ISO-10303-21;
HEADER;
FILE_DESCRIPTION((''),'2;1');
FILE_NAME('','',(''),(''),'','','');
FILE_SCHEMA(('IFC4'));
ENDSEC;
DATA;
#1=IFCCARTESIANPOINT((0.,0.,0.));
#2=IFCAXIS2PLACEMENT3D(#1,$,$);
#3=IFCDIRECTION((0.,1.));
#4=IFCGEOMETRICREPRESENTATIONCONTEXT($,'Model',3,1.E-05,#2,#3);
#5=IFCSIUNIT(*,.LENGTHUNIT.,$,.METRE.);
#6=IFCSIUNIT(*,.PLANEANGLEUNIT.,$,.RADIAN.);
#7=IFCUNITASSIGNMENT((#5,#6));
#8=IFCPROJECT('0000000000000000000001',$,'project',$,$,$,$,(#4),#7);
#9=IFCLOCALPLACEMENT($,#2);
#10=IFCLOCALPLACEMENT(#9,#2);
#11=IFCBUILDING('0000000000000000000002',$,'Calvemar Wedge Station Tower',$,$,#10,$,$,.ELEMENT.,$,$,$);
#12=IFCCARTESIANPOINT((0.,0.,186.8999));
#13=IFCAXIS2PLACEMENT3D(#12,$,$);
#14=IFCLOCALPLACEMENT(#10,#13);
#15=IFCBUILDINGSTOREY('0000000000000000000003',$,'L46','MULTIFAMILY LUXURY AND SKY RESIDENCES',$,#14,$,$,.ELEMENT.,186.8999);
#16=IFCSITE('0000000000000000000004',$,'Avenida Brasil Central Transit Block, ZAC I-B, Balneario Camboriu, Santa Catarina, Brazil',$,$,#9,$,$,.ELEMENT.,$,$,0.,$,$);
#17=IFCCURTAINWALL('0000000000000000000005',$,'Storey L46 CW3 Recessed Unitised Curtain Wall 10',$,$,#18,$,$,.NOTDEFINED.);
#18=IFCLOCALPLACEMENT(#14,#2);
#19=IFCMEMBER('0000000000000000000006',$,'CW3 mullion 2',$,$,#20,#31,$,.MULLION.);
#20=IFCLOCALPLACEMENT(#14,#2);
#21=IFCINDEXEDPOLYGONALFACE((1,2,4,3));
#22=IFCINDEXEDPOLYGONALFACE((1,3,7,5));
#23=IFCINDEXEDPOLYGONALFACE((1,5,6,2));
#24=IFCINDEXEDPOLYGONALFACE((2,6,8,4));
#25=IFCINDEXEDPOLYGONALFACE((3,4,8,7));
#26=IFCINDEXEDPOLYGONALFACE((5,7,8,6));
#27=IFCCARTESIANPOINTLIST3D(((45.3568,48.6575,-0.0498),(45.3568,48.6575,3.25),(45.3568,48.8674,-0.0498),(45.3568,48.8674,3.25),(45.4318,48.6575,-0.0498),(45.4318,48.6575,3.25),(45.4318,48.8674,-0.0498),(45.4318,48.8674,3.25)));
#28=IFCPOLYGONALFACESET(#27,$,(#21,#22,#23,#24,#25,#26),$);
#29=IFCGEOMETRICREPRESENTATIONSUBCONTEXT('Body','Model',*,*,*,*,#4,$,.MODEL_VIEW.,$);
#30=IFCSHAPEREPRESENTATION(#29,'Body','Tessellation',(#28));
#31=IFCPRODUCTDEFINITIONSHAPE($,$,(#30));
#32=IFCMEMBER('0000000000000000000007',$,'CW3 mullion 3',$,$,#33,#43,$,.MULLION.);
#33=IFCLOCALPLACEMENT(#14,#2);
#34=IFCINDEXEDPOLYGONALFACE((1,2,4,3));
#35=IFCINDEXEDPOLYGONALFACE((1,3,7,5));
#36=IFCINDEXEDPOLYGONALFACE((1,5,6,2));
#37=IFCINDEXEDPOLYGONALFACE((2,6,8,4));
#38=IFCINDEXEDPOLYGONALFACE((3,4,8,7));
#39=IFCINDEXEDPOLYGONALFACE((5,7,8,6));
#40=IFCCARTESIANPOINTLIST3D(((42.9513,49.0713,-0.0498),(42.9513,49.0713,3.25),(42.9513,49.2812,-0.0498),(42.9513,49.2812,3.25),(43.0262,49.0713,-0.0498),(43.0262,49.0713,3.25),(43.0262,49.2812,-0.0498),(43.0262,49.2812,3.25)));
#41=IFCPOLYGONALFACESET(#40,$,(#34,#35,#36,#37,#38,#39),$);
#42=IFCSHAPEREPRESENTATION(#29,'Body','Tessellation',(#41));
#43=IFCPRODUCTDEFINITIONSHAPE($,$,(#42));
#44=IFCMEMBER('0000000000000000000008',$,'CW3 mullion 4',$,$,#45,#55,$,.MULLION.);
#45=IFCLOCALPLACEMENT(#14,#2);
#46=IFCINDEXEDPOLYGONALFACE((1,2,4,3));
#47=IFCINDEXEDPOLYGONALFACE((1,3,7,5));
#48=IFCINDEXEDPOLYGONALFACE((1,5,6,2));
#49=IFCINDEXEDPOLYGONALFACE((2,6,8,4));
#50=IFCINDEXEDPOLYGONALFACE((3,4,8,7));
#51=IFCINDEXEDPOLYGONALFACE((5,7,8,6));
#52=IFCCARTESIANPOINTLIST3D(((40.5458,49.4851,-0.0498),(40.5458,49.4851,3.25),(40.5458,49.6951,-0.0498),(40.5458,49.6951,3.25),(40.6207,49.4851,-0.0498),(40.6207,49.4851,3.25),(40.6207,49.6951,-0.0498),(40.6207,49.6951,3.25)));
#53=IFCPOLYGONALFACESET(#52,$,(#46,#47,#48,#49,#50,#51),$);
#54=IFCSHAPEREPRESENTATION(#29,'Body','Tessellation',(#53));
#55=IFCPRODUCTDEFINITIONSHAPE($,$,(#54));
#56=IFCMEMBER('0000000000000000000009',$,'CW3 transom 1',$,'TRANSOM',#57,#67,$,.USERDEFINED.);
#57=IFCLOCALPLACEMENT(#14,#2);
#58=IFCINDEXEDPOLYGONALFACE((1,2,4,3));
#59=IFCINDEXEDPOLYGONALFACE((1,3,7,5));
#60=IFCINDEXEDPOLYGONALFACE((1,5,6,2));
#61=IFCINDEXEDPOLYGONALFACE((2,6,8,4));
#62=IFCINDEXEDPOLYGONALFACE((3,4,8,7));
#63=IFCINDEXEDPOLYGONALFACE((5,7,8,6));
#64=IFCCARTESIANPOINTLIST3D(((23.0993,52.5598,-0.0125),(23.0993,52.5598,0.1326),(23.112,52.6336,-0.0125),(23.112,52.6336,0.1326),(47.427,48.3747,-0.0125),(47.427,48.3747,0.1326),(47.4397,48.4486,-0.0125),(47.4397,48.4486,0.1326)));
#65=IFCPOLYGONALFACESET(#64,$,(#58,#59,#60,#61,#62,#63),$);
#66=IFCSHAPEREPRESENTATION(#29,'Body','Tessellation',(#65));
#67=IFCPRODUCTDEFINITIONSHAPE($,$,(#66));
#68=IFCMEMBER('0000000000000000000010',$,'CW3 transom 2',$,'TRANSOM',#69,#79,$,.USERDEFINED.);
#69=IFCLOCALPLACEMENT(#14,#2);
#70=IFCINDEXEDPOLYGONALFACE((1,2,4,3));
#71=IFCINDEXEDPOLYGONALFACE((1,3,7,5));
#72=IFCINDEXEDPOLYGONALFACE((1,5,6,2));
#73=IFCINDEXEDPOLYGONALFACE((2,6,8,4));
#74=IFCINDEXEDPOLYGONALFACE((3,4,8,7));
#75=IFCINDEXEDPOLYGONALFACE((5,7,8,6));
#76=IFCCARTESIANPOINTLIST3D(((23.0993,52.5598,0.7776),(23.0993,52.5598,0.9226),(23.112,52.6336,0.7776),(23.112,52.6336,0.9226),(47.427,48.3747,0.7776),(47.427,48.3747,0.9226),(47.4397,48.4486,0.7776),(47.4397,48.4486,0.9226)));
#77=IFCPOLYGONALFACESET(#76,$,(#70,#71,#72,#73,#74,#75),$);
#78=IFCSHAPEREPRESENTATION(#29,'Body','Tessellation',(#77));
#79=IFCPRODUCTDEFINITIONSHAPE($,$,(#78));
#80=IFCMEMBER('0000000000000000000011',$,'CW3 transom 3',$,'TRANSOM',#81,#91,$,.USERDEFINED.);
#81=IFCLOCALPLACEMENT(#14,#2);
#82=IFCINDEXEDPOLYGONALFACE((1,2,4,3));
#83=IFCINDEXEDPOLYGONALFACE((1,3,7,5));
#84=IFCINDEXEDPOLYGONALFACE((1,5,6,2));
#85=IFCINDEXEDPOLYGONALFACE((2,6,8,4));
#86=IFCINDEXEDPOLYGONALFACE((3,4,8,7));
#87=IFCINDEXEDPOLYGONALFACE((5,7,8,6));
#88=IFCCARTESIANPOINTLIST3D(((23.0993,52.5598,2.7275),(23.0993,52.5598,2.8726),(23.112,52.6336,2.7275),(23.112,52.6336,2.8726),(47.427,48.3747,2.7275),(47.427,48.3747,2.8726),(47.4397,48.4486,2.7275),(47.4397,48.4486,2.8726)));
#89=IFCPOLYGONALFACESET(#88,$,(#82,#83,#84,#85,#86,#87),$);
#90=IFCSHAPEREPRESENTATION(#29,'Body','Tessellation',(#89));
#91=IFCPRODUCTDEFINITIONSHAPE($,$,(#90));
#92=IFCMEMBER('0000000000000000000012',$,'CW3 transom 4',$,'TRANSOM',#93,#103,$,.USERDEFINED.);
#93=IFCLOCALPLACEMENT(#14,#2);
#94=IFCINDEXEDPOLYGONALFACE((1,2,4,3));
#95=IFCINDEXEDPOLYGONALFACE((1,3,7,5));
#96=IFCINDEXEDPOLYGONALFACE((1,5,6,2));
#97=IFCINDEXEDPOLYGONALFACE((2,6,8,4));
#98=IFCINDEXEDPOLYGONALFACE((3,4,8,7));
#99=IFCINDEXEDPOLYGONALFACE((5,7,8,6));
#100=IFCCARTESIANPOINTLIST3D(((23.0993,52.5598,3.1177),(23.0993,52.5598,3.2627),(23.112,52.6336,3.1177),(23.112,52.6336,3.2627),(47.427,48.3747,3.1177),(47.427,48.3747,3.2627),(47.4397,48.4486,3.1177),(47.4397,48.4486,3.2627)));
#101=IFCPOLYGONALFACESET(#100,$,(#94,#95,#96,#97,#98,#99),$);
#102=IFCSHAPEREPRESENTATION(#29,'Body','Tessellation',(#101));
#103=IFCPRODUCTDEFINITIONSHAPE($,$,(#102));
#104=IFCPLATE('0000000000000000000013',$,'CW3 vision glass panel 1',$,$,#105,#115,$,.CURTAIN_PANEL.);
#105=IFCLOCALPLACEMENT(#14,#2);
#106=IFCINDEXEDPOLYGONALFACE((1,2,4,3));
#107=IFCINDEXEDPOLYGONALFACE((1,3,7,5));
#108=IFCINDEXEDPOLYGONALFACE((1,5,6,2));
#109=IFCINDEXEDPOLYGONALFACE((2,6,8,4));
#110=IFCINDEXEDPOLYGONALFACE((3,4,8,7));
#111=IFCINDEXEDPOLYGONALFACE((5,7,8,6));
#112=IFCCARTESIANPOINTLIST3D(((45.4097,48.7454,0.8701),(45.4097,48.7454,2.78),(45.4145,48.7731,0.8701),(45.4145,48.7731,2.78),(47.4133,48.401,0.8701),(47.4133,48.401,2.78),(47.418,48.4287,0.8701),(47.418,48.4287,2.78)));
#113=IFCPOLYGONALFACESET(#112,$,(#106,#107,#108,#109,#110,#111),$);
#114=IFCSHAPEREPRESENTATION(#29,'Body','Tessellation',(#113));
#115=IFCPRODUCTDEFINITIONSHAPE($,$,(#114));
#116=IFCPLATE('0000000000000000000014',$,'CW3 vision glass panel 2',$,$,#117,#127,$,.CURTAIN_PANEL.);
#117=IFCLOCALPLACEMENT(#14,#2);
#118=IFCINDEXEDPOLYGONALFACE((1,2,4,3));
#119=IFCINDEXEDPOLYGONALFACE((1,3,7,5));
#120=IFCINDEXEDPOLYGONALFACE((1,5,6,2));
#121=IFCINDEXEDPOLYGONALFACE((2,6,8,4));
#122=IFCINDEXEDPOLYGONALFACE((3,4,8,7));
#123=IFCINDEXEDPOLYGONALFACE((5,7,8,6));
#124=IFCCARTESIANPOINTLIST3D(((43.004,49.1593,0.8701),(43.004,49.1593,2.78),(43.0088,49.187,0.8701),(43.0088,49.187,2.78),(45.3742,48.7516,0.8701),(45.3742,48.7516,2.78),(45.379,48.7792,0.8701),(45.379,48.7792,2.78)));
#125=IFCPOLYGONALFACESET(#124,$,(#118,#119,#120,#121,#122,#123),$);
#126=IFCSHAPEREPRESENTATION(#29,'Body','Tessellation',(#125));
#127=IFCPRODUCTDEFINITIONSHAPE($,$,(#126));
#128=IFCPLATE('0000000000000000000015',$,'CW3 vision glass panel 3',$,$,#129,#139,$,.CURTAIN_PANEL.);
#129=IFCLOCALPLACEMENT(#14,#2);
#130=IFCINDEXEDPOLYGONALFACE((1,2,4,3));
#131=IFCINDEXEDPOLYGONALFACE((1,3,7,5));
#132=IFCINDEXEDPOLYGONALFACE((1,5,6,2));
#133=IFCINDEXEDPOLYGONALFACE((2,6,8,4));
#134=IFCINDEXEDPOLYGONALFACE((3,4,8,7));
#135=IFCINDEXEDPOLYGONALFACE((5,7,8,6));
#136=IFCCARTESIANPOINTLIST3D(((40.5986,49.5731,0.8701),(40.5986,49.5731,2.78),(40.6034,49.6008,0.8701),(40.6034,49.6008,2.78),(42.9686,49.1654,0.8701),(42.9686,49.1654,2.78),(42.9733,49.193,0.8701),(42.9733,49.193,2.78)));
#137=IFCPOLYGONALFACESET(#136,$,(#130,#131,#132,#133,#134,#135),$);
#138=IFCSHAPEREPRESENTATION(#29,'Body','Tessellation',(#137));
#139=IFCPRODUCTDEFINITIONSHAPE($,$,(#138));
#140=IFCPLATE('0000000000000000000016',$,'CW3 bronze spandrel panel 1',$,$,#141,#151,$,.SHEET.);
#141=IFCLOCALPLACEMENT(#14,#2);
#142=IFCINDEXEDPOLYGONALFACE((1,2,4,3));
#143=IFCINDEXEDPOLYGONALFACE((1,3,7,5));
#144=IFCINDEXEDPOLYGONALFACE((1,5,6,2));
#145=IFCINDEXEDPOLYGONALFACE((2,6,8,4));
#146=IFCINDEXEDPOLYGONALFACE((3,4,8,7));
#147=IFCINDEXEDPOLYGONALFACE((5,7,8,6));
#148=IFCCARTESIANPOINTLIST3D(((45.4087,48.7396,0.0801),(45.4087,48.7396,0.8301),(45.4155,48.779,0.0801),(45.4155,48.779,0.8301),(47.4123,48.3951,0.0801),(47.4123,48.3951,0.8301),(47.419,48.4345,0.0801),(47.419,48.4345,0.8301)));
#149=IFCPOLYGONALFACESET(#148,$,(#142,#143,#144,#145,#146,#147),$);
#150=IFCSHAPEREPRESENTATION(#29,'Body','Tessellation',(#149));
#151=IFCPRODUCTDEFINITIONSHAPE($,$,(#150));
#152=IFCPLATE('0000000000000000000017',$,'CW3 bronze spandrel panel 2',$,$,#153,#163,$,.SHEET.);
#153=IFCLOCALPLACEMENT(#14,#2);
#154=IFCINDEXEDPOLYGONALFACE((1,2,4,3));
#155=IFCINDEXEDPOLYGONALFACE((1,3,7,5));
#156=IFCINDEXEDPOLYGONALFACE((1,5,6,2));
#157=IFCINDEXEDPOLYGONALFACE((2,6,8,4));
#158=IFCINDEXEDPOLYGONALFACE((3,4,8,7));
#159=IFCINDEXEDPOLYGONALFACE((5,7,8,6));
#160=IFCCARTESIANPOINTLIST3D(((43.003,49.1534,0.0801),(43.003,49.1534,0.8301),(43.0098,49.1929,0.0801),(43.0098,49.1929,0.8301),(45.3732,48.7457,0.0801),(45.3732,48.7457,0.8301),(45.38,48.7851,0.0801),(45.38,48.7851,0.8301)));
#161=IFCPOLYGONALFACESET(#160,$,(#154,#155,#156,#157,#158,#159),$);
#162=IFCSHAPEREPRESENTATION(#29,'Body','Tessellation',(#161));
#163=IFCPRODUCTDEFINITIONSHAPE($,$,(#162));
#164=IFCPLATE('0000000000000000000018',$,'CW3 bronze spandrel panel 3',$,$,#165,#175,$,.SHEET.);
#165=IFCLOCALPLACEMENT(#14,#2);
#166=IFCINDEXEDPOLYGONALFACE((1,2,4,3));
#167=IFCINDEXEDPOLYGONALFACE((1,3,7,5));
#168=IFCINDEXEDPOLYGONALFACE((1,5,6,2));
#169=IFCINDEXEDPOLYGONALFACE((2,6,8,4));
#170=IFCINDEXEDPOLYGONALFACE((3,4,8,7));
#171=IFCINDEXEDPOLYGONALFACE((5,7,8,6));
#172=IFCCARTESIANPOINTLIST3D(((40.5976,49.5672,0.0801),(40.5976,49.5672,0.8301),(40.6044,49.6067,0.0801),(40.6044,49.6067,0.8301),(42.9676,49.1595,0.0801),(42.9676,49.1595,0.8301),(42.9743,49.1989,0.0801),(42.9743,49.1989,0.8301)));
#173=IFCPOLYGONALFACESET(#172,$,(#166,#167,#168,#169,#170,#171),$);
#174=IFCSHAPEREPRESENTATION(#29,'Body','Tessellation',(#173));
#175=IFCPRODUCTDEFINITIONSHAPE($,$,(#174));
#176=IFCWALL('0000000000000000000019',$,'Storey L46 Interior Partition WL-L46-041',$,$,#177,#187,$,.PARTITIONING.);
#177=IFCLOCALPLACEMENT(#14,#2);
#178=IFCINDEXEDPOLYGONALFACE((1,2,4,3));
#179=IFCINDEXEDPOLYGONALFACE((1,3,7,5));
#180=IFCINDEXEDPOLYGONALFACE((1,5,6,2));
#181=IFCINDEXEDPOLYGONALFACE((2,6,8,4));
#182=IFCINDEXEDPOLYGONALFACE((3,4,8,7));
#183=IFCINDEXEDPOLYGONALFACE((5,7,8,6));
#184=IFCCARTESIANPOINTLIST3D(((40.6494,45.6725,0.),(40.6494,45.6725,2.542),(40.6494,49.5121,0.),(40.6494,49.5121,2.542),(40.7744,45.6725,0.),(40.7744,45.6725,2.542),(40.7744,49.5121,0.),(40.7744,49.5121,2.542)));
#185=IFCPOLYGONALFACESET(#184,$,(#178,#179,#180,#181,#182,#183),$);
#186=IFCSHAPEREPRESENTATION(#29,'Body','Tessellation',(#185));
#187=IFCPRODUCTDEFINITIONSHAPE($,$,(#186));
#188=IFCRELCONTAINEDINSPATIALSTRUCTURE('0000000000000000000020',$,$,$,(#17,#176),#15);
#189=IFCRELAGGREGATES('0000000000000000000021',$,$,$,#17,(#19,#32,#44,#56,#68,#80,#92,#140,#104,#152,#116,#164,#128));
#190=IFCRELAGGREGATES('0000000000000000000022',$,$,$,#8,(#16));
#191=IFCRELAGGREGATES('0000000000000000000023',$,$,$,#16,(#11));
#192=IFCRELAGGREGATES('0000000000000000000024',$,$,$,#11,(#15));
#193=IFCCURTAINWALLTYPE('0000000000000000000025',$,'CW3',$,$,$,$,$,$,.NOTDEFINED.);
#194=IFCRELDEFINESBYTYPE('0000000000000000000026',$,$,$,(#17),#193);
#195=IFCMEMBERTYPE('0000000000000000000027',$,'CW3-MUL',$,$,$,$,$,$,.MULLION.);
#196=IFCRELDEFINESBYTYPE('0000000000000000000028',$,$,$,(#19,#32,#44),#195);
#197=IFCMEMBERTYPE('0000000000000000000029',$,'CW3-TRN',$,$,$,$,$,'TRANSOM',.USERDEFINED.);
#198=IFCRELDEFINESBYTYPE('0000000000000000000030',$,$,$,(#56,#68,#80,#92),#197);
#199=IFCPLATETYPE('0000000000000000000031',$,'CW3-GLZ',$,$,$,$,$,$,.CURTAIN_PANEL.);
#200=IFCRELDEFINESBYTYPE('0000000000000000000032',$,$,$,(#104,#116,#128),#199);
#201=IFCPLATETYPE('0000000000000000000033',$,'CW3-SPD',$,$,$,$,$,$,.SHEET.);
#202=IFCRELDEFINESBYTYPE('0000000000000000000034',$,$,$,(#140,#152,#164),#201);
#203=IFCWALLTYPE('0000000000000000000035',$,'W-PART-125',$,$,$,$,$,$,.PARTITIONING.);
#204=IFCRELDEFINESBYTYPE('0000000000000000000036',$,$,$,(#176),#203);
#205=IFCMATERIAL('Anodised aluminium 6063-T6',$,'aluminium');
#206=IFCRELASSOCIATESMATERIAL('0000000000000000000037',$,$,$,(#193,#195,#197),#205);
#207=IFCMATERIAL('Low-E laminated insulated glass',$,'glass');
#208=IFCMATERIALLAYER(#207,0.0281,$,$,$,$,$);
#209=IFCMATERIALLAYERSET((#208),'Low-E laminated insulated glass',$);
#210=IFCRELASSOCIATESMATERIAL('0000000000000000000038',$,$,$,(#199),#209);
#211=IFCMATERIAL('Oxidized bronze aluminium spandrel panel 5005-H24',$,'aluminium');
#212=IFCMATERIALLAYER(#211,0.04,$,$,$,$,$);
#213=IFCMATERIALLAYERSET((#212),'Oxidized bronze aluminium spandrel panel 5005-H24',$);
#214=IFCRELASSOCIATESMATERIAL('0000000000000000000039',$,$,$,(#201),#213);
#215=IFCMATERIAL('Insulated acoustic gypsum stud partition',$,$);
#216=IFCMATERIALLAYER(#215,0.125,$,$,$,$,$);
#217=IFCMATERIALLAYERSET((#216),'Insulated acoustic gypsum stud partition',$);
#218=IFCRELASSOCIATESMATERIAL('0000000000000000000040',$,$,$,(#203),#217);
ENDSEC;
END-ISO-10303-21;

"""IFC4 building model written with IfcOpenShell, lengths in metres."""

from ifc_helpers import new_model, si_unit, direction, frame, frame_2d, origin, origin_2d, place, context, subcontext, project, spatial, rectangle, extrude, source, transform, mapped, material, layer, layer_set, material_profile, profile_set, type_object, element, aggregate, save


model = new_model("IFC4")

# Units and contexts
model_context = context("Model", 3, precision=1e-05, world=origin(), true_north=direction((0.0, 1.0)))
body_context = subcontext(model_context, "Body", "Model", "MODEL_VIEW")
ifc_project = project(units=[si_unit("LENGTHUNIT", "METRE"), si_unit("PLANEANGLEUNIT", "RADIAN")], contexts=[model_context])

# Site, building, storey
site_placement = place(None, origin())
site = spatial("IfcSite", under=ifc_project, at=site_placement, Name="Avenida Brasil Central Transit Block, ZAC I-B, Balneario Camboriu, Santa Catarina, Brazil", CompositionType="ELEMENT", RefElevation=0.0)
building_placement = place(site_placement, origin())
building = spatial("IfcBuilding", under=site, at=building_placement, Name="Calvemar Wedge Station Tower", CompositionType="ELEMENT")
storey_placement = place(building_placement, frame((0.0, 0.0, 186.8999)))
storey = spatial("IfcBuildingStorey", under=building, at=storey_placement, Name="L46", Description="MULTIFAMILY LUXURY AND SKY RESIDENCES", CompositionType="ELEMENT", Elevation=186.8999)

# Curtain wall, members, plates
ifc_material_1 = material(Name="Anodised aluminium 6063-T6", Category="aluminium")
curtain_wall_type = type_object("IfcCurtainWallType", Name="CW3", PredefinedType="NOTDEFINED", material=ifc_material_1)
curtain_wall_placement = place(storey_placement, origin())
curtain_wall = element("IfcCurtainWall", 1, at=curtain_wall_placement, inside=storey, type_object=curtain_wall_type, Name="Storey L46 CW3 Recessed Unitised Curtain Wall 10", PredefinedType="NOTDEFINED")
ifc_material_profile_1 = material_profile(ifc_material_1, rectangle(XDim=0.075, YDim=0.21, at=origin_2d()), Name="AL-MUL-75x210")
ifc_profile_set_1 = profile_set([ifc_material_profile_1], Name="Anodised aluminium 6063-T6")
member_type_1 = type_object("IfcMemberType", Name="CW3-MUL", PredefinedType="MULLION", material=ifc_profile_set_1)
shared_shape_1 = source(origin(), body_context, "Body", "SweptSolid", [
    extrude(rectangle(XDim=0.075, YDim=0.21, at=origin_2d()), origin(), (0.0, 0.0, 1.0), 3.2998),
])
member_1_placement = place(storey_placement, frame((45.3943, 48.7625, -0.0498), z_axis=(0.0, 0.0, 1.0), x_axis=(1.0, 0.0, 0.0)))
member_1 = element("IfcMember", 2, at=member_1_placement, type_object=member_type_1, Name="CW3 mullion 2", PredefinedType="MULLION", context=body_context, shape_type="MappedRepresentation", body=[
    mapped(shared_shape_1, transform((0.0, 0.0, 0.0), scale=1.0)),
])
member_2_placement = place(storey_placement, frame((42.9888, 49.1763, -0.0498), z_axis=(0.0, 0.0, 1.0), x_axis=(1.0, 0.0, 0.0)))
member_2 = element("IfcMember", 3, at=member_2_placement, type_object=member_type_1, Name="CW3 mullion 3", PredefinedType="MULLION", context=body_context, shape_type="MappedRepresentation", body=[
    mapped(shared_shape_1, transform((0.0, 0.0, 0.0), scale=1.0)),
])
member_3_placement = place(storey_placement, frame((40.5833, 49.5901, -0.0498), z_axis=(0.0, 0.0, 1.0), x_axis=(1.0, 0.0, 0.0)))
member_3 = element("IfcMember", 4, at=member_3_placement, type_object=member_type_1, Name="CW3 mullion 4", PredefinedType="MULLION", context=body_context, shape_type="MappedRepresentation", body=[
    mapped(shared_shape_1, transform((0.0, 0.0, 0.0), scale=1.0)),
])
ifc_material_profile_2 = material_profile(ifc_material_1, rectangle(XDim=0.075, YDim=0.145, at=origin_2d()), Name="AL-TRN-75x145")
ifc_profile_set_2 = profile_set([ifc_material_profile_2], Name="Anodised aluminium 6063-T6")
member_type_2 = type_object("IfcMemberType", Name="CW3-TRN", ElementType="TRANSOM", PredefinedType="USERDEFINED", material=ifc_profile_set_2)
shared_shape_2 = source(origin(), body_context, "Body", "SweptSolid", [
    extrude(rectangle(XDim=0.075, YDim=0.145, at=origin_2d()), origin(), (0.0, 0.0, 1.0), 24.6851),
])
member_4_placement = place(storey_placement, frame((47.4333, 48.4116, 0.0601), z_axis=(-0.985524, 0.169539, 0.0), x_axis=(-0.169539, -0.985524, 0.0)))
member_4 = element("IfcMember", 5, at=member_4_placement, type_object=member_type_2, Name="CW3 transom 1", ObjectType="TRANSOM", PredefinedType="USERDEFINED", context=body_context, shape_type="MappedRepresentation", body=[
    mapped(shared_shape_2, transform((0.0, 0.0, 0.0), scale=1.0)),
])
member_5_placement = place(storey_placement, frame((47.4333, 48.4116, 0.8501), z_axis=(-0.985524, 0.169539, 0.0), x_axis=(-0.169539, -0.985524, 0.0)))
member_5 = element("IfcMember", 6, at=member_5_placement, type_object=member_type_2, Name="CW3 transom 2", ObjectType="TRANSOM", PredefinedType="USERDEFINED", context=body_context, shape_type="MappedRepresentation", body=[
    mapped(shared_shape_2, transform((0.0, 0.0, 0.0), scale=1.0)),
])
member_6_placement = place(storey_placement, frame((47.4333, 48.4116, 2.8), z_axis=(-0.985524, 0.169539, 0.0), x_axis=(-0.169539, -0.985524, 0.0)))
member_6 = element("IfcMember", 7, at=member_6_placement, type_object=member_type_2, Name="CW3 transom 3", ObjectType="TRANSOM", PredefinedType="USERDEFINED", context=body_context, shape_type="MappedRepresentation", body=[
    mapped(shared_shape_2, transform((0.0, 0.0, 0.0), scale=1.0)),
])
member_7_placement = place(storey_placement, frame((47.4333, 48.4116, 3.1902), z_axis=(-0.985524, 0.169539, 0.0), x_axis=(-0.169539, -0.985524, 0.0)))
member_7 = element("IfcMember", 8, at=member_7_placement, type_object=member_type_2, Name="CW3 transom 4", ObjectType="TRANSOM", PredefinedType="USERDEFINED", context=body_context, shape_type="MappedRepresentation", body=[
    mapped(shared_shape_2, transform((0.0, 0.0, 0.0), scale=1.0)),
])
ifc_material_2 = material(Name="Low-E laminated insulated glass", Category="glass")
ifc_layer_1 = layer(ifc_material_2, 0.0281)
ifc_layer_set_1 = layer_set([ifc_layer_1], Name="Low-E laminated insulated glass")
plate_type_1 = type_object("IfcPlateType", Name="CW3-GLZ", PredefinedType="CURTAIN_PANEL", material=ifc_layer_set_1)
plate_1_placement = place(storey_placement, frame((47.4158, 48.4148, 0.8701), z_axis=(0.0, 0.0, 1.0), x_axis=(-0.98554, 0.16944, 0.0)))
plate_1 = element("IfcPlate", 9, at=plate_1_placement, type_object=plate_type_1, Name="CW3 vision glass panel 1", PredefinedType="CURTAIN_PANEL", context=body_context, shape_type="SweptSolid", body=[
    extrude(rectangle(XDim=2.033, YDim=0.0281, at=frame_2d((1.0166, 0.0))), origin(), (0.0, 0.0, 1.0), 1.9099),
])
plate_2_placement = place(storey_placement, frame((45.3767, 48.7654, 0.8701), z_axis=(0.0, 0.0, 1.0), x_axis=(-0.985525, 0.169533, 0.0)))
plate_2 = element("IfcPlate", 10, at=plate_2_placement, type_object=plate_type_1, Name="CW3 vision glass panel 2", PredefinedType="CURTAIN_PANEL", context=body_context, shape_type="SweptSolid", body=[
    extrude(rectangle(XDim=2.405, YDim=0.0281, at=frame_2d((1.2026, 0.0))), origin(), (0.0, 0.0, 1.0), 1.9099),
])
plate_3_placement = place(storey_placement, frame((42.9709, 49.1792, 0.8701), z_axis=(0.0, 0.0, 1.0), x_axis=(-0.985522, 0.16955, 0.0)))
plate_3 = element("IfcPlate", 11, at=plate_3_placement, type_object=plate_type_1, Name="CW3 vision glass panel 3", PredefinedType="CURTAIN_PANEL", context=body_context, shape_type="SweptSolid", body=[
    extrude(rectangle(XDim=2.4048, YDim=0.0281, at=frame_2d((1.2024, 0.0))), origin(), (0.0, 0.0, 1.0), 1.9099),
])
ifc_material_3 = material(Name="Oxidized bronze aluminium spandrel panel 5005-H24", Category="aluminium")
ifc_layer_2 = layer(ifc_material_3, 0.04)
ifc_layer_set_2 = layer_set([ifc_layer_2], Name="Oxidized bronze aluminium spandrel panel 5005-H24")
plate_type_2 = type_object("IfcPlateType", Name="CW3-SPD", PredefinedType="SHEET", material=ifc_layer_set_2)
plate_4_placement = place(storey_placement, frame((47.4158, 48.4148, 0.0801), z_axis=(0.0, 0.0, 1.0), x_axis=(-0.98554, 0.16944, 0.0)))
plate_4 = element("IfcPlate", 12, at=plate_4_placement, type_object=plate_type_2, Name="CW3 bronze spandrel panel 1", PredefinedType="SHEET", context=body_context, shape_type="SweptSolid", body=[
    extrude(rectangle(XDim=2.033, YDim=0.04, at=frame_2d((1.0166, 0.0))), origin(), (0.0, 0.0, 1.0), 0.75),
])
plate_5_placement = place(storey_placement, frame((45.3767, 48.7654, 0.0801), z_axis=(0.0, 0.0, 1.0), x_axis=(-0.985525, 0.169533, 0.0)))
plate_5 = element("IfcPlate", 13, at=plate_5_placement, type_object=plate_type_2, Name="CW3 bronze spandrel panel 2", PredefinedType="SHEET", context=body_context, shape_type="SweptSolid", body=[
    extrude(rectangle(XDim=2.405, YDim=0.04, at=frame_2d((1.2026, 0.0))), origin(), (0.0, 0.0, 1.0), 0.75),
])
plate_6_placement = place(storey_placement, frame((42.9709, 49.1792, 0.0801), z_axis=(0.0, 0.0, 1.0), x_axis=(-0.985522, 0.16955, 0.0)))
plate_6 = element("IfcPlate", 14, at=plate_6_placement, type_object=plate_type_2, Name="CW3 bronze spandrel panel 3", PredefinedType="SHEET", context=body_context, shape_type="SweptSolid", body=[
    extrude(rectangle(XDim=2.4048, YDim=0.04, at=frame_2d((1.2024, 0.0))), origin(), (0.0, 0.0, 1.0), 0.75),
])
aggregate(curtain_wall, [member_1, member_2, member_3, member_4, member_5, member_6, member_7, plate_4, plate_1, plate_5, plate_2, plate_6, plate_3])

# Wall
ifc_material_4 = material(Name="Insulated acoustic gypsum stud partition")
ifc_layer_3 = layer(ifc_material_4, 0.125)
ifc_layer_set_3 = layer_set([ifc_layer_3], Name="Insulated acoustic gypsum stud partition")
wall_type = type_object("IfcWallType", Name="W-PART-125", PredefinedType="PARTITIONING", material=ifc_layer_set_3)
wall_1_placement = place(storey_placement, frame((40.7119, 49.5122, 0.0), z_axis=(0.0, 0.0, 1.0), x_axis=(0.0, -1.0, 0.0)))
element("IfcWall", 15, at=wall_1_placement, inside=storey, type_object=wall_type, Name="Storey L46 Interior Partition WL-L46-041", PredefinedType="PARTITIONING", context=body_context, shape_type="SweptSolid", body=[
    extrude(rectangle(XDim=3.8396, YDim=0.125, at=frame_2d((1.9199, 0.0))), origin(), (0.0, 0.0, 1.0), 2.542),
])

save(model, "model.ifc")
